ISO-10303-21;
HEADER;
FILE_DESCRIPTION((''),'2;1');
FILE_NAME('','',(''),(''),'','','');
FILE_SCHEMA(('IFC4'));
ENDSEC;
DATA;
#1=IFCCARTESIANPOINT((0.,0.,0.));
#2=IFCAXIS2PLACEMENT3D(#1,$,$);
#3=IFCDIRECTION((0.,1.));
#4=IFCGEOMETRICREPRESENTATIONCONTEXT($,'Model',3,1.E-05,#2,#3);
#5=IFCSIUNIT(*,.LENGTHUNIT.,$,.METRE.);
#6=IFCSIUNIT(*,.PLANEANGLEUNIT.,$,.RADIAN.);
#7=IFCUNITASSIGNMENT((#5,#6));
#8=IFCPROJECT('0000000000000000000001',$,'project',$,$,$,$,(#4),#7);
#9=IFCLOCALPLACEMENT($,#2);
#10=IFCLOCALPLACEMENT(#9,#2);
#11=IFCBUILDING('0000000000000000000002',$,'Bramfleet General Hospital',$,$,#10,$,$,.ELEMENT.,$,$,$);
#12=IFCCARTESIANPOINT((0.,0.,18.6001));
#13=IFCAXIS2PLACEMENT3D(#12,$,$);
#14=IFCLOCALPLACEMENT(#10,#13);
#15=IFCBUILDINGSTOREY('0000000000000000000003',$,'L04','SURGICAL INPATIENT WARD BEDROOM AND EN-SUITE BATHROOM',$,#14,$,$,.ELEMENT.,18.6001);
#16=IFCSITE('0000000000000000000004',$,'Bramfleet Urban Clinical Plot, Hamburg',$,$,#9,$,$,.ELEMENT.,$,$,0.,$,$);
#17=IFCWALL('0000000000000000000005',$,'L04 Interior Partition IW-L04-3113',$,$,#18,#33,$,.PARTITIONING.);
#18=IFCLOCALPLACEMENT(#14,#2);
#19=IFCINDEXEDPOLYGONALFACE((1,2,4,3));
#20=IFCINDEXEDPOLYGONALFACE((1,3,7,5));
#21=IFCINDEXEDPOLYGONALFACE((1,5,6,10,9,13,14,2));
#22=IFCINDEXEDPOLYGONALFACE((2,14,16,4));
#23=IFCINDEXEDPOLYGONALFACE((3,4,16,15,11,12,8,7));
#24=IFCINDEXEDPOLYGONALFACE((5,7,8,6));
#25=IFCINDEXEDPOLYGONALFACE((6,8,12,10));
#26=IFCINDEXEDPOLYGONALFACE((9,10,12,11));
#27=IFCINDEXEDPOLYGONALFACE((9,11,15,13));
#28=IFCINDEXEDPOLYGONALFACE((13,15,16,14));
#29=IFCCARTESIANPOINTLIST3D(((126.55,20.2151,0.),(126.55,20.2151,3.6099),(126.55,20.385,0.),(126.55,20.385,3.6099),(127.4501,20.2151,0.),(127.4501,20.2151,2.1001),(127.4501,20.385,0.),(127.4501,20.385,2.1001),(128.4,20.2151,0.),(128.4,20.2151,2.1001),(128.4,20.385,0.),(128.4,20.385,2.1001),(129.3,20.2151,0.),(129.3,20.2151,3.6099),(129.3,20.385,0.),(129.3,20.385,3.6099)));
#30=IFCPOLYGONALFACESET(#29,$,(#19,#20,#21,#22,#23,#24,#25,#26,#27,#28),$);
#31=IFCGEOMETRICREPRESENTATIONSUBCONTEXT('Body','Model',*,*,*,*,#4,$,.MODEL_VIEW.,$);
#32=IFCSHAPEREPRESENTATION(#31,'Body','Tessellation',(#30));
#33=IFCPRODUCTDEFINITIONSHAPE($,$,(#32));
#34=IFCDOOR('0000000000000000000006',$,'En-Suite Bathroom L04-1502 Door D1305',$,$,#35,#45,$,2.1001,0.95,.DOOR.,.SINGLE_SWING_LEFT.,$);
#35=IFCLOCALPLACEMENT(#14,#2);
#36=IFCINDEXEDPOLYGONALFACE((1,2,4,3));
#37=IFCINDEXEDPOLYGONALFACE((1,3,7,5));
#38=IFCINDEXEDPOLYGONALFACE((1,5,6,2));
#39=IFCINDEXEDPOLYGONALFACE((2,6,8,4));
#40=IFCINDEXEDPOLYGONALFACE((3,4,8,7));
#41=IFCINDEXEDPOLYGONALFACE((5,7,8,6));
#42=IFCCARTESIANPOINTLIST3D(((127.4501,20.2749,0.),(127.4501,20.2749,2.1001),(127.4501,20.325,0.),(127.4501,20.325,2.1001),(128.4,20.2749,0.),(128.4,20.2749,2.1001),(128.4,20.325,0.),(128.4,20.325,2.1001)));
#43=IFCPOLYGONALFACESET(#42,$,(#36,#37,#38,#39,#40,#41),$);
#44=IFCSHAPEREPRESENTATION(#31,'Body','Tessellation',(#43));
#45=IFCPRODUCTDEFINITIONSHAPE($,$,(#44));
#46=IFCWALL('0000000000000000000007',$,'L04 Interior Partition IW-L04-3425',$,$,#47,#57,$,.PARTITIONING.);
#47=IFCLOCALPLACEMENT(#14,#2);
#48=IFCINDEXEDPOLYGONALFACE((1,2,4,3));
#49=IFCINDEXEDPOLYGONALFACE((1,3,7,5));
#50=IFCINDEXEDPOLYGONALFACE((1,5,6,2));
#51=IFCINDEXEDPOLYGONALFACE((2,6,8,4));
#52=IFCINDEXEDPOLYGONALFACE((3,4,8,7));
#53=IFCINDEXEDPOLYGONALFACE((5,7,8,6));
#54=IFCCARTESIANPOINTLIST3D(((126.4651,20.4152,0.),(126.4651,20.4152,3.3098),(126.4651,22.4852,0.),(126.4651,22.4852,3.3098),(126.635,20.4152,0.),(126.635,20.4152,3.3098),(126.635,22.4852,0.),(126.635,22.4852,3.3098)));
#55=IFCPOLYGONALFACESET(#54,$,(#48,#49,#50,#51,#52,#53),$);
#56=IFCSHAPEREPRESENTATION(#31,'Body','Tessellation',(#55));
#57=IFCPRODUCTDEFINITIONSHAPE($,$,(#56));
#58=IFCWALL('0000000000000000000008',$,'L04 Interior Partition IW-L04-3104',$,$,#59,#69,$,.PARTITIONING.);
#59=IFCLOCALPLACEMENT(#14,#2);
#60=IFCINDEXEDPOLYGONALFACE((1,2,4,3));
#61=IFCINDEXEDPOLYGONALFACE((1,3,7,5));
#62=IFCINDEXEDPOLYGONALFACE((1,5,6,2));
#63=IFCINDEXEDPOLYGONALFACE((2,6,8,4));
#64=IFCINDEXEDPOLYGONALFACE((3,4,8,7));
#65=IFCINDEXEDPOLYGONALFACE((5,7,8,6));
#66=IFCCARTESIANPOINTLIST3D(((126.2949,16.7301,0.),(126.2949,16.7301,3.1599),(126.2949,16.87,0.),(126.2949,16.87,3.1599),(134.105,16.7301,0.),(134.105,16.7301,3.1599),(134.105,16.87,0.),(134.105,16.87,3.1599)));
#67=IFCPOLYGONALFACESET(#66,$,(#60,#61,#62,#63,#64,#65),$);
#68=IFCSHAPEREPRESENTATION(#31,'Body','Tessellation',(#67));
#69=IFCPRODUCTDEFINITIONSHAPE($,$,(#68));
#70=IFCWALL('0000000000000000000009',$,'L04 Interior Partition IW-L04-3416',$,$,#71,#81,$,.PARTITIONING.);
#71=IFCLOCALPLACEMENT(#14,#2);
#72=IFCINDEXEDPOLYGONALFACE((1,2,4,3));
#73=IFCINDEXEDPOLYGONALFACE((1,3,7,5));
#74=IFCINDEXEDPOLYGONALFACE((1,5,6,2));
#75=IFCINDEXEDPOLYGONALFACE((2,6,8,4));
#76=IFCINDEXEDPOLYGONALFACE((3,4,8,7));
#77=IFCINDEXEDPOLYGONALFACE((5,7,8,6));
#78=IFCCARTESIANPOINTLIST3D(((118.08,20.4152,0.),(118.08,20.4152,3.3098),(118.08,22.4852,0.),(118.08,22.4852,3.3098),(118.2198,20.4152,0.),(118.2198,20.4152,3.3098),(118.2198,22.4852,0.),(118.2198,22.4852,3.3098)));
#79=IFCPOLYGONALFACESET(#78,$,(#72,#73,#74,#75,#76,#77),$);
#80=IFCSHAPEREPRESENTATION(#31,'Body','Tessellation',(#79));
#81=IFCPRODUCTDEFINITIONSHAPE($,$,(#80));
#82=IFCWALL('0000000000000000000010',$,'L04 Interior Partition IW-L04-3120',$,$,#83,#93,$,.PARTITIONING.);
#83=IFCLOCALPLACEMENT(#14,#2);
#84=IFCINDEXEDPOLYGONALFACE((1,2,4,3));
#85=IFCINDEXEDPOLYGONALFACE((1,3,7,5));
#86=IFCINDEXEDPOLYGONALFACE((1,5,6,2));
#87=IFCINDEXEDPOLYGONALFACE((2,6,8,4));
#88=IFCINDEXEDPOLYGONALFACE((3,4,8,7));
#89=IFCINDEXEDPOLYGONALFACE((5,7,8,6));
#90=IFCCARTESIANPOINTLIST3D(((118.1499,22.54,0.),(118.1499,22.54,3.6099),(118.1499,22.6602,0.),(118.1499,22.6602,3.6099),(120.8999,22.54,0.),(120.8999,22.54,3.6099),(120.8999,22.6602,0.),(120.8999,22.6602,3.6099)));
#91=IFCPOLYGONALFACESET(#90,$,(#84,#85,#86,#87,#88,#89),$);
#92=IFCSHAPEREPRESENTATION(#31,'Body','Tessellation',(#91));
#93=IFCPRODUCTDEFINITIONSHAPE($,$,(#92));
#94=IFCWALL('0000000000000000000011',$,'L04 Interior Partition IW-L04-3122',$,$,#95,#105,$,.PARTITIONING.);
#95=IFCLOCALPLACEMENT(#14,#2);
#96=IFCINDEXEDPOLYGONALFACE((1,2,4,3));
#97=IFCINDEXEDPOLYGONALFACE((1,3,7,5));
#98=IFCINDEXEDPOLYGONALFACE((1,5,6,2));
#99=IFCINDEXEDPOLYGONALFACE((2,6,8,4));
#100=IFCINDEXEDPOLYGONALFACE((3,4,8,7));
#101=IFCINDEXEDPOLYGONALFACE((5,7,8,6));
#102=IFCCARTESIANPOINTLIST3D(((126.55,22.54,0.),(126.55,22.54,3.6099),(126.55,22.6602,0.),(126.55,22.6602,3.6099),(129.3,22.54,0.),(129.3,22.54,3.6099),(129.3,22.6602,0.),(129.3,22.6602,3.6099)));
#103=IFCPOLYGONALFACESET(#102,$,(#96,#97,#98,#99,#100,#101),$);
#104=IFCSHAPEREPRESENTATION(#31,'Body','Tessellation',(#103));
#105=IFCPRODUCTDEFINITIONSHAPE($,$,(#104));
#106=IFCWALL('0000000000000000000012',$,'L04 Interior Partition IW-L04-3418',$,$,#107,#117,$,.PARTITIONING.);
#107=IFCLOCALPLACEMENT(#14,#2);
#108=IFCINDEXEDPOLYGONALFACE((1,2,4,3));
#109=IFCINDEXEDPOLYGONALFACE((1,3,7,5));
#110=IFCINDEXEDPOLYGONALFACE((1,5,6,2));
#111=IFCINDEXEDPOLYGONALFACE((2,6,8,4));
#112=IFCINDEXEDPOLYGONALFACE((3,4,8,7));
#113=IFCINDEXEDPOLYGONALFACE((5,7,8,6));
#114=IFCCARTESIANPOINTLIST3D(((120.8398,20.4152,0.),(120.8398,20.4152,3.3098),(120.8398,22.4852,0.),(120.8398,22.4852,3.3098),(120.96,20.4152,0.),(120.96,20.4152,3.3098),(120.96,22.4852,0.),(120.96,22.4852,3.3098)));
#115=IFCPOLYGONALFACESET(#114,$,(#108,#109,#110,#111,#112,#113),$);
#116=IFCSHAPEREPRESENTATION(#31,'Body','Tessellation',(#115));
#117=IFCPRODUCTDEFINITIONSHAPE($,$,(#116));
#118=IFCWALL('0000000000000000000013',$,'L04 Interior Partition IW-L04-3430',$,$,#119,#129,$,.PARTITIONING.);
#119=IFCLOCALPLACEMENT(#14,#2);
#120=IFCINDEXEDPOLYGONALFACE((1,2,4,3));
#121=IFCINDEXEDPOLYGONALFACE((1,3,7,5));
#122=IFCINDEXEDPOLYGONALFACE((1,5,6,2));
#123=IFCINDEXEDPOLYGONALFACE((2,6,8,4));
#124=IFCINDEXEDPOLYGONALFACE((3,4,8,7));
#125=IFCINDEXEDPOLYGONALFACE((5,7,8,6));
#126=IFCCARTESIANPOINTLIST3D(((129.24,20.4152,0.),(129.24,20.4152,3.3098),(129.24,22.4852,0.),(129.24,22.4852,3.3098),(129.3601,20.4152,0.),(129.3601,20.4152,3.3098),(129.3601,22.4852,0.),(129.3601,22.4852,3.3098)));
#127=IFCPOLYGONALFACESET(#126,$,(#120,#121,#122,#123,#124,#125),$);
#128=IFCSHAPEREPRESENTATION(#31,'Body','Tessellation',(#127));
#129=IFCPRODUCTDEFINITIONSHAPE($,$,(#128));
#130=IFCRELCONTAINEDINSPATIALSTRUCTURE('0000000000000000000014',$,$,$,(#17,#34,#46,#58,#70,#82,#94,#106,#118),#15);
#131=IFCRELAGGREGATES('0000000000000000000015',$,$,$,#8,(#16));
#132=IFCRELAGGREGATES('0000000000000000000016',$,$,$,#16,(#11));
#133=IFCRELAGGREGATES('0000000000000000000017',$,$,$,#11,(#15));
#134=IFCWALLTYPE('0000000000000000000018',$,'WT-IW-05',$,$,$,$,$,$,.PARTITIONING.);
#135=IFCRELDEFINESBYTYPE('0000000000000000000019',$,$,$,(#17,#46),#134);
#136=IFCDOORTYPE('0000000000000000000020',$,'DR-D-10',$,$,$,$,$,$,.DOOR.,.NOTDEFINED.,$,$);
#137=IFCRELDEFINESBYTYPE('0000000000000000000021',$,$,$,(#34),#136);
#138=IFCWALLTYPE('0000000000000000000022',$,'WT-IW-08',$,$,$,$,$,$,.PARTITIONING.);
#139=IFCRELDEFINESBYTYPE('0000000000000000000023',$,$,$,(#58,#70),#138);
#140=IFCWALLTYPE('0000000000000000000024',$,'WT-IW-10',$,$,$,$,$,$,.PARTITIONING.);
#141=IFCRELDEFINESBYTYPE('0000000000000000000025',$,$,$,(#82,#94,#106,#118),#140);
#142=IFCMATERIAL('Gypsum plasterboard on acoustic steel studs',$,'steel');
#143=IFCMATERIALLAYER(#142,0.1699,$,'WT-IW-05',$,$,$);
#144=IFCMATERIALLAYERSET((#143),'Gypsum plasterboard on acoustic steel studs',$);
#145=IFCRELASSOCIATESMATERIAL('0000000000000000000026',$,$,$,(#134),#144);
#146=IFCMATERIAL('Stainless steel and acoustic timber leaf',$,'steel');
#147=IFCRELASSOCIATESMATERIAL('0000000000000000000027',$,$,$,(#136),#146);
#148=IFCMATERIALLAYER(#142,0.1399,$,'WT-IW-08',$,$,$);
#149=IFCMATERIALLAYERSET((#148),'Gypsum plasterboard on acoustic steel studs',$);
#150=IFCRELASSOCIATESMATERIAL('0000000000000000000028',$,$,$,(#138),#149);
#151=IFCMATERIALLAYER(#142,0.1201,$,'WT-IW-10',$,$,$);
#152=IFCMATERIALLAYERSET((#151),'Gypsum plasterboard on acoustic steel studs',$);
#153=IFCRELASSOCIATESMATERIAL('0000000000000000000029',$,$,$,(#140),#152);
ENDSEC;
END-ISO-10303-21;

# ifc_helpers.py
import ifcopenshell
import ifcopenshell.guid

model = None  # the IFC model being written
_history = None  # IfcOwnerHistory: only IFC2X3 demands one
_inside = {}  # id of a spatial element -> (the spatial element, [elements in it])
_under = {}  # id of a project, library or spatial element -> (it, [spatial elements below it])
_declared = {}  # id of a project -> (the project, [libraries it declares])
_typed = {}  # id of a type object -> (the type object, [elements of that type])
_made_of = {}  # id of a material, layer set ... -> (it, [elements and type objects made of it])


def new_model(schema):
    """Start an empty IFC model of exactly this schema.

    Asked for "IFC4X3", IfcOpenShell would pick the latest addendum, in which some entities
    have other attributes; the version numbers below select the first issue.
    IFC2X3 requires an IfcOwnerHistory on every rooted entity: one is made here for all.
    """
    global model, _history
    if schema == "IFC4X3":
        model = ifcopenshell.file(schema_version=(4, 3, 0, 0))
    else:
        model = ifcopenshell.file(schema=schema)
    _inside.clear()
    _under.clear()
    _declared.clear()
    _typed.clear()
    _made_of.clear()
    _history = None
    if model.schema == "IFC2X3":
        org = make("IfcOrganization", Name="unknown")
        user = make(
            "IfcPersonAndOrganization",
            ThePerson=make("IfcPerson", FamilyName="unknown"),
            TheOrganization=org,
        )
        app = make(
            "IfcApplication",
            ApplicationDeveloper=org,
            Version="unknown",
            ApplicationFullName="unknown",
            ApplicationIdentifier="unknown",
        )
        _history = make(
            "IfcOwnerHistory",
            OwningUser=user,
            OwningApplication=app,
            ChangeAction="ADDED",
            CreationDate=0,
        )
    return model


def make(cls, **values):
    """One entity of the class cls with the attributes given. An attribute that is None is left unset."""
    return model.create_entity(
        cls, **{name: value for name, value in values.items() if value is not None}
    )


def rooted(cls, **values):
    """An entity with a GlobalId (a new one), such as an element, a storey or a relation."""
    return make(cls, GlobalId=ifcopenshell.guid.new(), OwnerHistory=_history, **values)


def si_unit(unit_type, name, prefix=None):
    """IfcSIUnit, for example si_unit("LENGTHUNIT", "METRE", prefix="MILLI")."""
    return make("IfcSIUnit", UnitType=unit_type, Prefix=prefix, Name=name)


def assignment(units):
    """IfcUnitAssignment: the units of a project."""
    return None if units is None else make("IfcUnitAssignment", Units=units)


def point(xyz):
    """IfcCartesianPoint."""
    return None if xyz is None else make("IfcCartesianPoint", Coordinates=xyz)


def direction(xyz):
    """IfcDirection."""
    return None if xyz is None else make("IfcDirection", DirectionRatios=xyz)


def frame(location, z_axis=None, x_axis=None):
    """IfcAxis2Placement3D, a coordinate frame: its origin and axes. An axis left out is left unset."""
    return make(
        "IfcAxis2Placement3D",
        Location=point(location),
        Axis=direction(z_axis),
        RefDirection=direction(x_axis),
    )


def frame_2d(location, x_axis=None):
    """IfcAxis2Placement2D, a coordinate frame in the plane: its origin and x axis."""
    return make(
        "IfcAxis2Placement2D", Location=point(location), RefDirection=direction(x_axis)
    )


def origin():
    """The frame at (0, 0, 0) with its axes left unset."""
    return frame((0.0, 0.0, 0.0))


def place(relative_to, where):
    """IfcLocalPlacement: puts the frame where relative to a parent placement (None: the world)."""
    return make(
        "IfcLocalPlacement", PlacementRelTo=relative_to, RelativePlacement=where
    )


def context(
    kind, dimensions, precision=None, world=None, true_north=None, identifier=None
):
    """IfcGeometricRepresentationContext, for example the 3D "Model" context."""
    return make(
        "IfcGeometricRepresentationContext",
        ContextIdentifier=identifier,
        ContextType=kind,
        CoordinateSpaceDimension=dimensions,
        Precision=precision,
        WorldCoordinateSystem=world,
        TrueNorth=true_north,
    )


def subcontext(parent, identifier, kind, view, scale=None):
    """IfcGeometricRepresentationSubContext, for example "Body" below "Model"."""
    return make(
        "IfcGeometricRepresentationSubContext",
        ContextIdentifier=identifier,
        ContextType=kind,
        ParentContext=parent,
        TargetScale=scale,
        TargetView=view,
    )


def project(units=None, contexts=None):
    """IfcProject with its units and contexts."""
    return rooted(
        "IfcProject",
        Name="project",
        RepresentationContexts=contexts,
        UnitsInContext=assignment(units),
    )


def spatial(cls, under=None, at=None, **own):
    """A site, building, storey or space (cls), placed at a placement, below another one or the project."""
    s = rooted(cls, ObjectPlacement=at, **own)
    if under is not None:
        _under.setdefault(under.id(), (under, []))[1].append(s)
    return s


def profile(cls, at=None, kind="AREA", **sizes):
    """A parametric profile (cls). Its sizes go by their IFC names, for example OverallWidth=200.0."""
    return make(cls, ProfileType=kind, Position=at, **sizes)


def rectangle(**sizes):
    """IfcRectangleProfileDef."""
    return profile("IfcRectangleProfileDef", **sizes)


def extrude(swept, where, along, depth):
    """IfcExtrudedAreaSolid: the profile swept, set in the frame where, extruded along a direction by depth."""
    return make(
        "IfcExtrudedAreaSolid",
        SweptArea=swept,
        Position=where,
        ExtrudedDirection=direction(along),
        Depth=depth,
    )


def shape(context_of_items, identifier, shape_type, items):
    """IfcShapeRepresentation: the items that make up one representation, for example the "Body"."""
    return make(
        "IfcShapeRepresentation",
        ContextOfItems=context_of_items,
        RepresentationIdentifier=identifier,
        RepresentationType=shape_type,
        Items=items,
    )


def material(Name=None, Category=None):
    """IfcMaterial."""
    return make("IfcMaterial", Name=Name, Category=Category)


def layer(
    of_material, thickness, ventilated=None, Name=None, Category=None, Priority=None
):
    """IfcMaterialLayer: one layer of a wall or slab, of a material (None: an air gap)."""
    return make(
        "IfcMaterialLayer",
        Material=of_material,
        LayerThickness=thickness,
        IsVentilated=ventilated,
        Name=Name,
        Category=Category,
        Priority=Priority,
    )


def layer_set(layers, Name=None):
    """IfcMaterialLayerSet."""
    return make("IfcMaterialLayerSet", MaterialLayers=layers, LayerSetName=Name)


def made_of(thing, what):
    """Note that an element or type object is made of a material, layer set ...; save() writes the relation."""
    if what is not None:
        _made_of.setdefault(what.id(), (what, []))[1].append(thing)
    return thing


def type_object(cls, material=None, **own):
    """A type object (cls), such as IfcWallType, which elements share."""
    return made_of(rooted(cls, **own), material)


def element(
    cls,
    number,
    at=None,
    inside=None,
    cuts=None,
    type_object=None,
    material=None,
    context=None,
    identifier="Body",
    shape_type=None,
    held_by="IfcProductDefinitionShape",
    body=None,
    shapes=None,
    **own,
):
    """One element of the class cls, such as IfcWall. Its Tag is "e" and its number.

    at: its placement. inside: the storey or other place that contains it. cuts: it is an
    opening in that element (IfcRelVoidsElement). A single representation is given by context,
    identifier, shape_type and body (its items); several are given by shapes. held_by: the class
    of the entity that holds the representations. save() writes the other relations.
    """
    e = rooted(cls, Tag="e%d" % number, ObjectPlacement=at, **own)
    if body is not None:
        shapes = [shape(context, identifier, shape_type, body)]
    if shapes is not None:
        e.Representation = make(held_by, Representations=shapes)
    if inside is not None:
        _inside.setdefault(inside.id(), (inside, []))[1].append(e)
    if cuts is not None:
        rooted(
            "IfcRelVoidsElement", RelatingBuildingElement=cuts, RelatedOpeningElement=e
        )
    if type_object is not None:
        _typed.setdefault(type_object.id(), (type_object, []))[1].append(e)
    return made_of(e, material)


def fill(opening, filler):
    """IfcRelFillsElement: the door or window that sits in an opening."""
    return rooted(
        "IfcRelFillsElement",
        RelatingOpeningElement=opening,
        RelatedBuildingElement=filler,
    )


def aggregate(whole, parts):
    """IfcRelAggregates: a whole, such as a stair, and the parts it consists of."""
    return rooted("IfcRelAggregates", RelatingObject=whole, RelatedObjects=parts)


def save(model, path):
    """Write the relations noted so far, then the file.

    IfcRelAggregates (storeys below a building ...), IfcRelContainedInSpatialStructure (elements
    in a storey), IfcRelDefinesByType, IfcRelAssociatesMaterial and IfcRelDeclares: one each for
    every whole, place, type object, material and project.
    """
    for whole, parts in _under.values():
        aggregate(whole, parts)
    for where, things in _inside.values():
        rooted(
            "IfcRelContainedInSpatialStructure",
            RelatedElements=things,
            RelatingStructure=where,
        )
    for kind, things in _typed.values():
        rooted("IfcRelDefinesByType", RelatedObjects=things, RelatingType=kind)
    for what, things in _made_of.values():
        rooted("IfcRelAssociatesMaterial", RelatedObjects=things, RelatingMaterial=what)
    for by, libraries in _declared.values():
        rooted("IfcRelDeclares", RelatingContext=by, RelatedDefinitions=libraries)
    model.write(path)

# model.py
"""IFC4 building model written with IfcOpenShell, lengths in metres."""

from ifc_helpers import new_model, si_unit, direction, frame, frame_2d, origin, place, context, subcontext, project, spatial, rectangle, extrude, material, layer, layer_set, type_object, element, fill, save


model = new_model("IFC4")

# Units and contexts
model_context = context("Model", 3, precision=1e-05, world=origin(), true_north=direction((0.0, 1.0)))
body_context = subcontext(model_context, "Body", "Model", "MODEL_VIEW")
ifc_project = project(units=[si_unit("LENGTHUNIT", "METRE"), si_unit("PLANEANGLEUNIT", "RADIAN")], contexts=[model_context])

# Site, building, storey
site_placement = place(None, origin())
site = spatial("IfcSite", under=ifc_project, at=site_placement, Name="Bramfleet Urban Clinical Plot, Hamburg", CompositionType="ELEMENT", RefElevation=0.0)
building_placement = place(site_placement, origin())
building = spatial("IfcBuilding", under=site, at=building_placement, Name="Bramfleet General Hospital", CompositionType="ELEMENT")
storey_placement = place(building_placement, frame((0.0, 0.0, 18.6001)))
storey = spatial("IfcBuildingStorey", under=building, at=storey_placement, Name="L04", Description="SURGICAL INPATIENT WARD BEDROOM AND EN-SUITE BATHROOM", CompositionType="ELEMENT", Elevation=18.6001)

# Shared definitions
ifc_material_1 = material(Name="Stainless steel and acoustic timber leaf", Category="steel")

# Wall, opening, door
ifc_material_2 = material(Name="Gypsum plasterboard on acoustic steel studs", Category="steel")
ifc_layer_1 = layer(ifc_material_2, 0.1699, Name="WT-IW-05")
ifc_layer_set_1 = layer_set([ifc_layer_1], Name="Gypsum plasterboard on acoustic steel studs")
wall_type_1 = type_object("IfcWallType", Name="WT-IW-05", PredefinedType="PARTITIONING", material=ifc_layer_set_1)
wall_1_placement = place(storey_placement, frame((126.55, 20.3, 0.0), z_axis=(0.0, 0.0, 1.0), x_axis=(1.0, 0.0, 0.0)))
wall_1 = element("IfcWall", 1, at=wall_1_placement, inside=storey, type_object=wall_type_1, Name="L04 Interior Partition IW-L04-3113", PredefinedType="PARTITIONING", context=body_context, shape_type="SweptSolid", body=[
    extrude(rectangle(XDim=2.75, YDim=0.1699, at=frame_2d((1.375, 0.0))), origin(), (0.0, 0.0, 1.0), 3.6099),
])
opening_1_placement = place(wall_1_placement, frame((0.8999, 0.0, 0.0)))
opening_1 = element("IfcOpeningElement", 2, at=opening_1_placement, cuts=wall_1, PredefinedType="OPENING", context=body_context, shape_type="SweptSolid", body=[
    extrude(rectangle(XDim=0.95, YDim=2.1001, at=frame_2d((0.4751, 1.05))), frame((0.0, 0.095, 0.0), z_axis=(0.0, -1.0, 0.0), x_axis=(1.0, 0.0, 0.0)), (0.0, 0.0, 1.0), 0.1899),
])
door_type_1 = type_object("IfcDoorType", Name="DR-D-10", OperationType="NOTDEFINED", PredefinedType="DOOR", material=ifc_material_1)
door_1_placement = place(opening_1_placement, origin())
door_1 = element("IfcDoor", 3, at=door_1_placement, inside=storey, type_object=door_type_1, Name="En-Suite Bathroom L04-1502 Door D1305", OperationType="SINGLE_SWING_LEFT", OverallHeight=2.1001, OverallWidth=0.95, PredefinedType="DOOR", context=body_context, shape_type="SweptSolid", body=[
    extrude(rectangle(XDim=0.95, YDim=2.1001, at=frame_2d((0.4751, 1.05))), frame((0.0, 0.0249, 0.0), z_axis=(0.0, -1.0, 0.0), x_axis=(1.0, 0.0, 0.0)), (0.0, 0.0, 1.0), 0.05),
])
fill(opening_1, door_1)

# Walls
wall_2_placement = place(storey_placement, frame((126.55, 20.415, 0.0), z_axis=(0.0, 0.0, 1.0), x_axis=(0.0, 1.0, 0.0)))
element("IfcWall", 4, at=wall_2_placement, inside=storey, type_object=wall_type_1, Name="L04 Interior Partition IW-L04-3425", PredefinedType="PARTITIONING", context=body_context, shape_type="SweptSolid", body=[
    extrude(rectangle(XDim=2.0701, YDim=0.1699, at=frame_2d((1.0352, 0.0))), origin(), (0.0, 0.0, 1.0), 3.3098),
])
ifc_layer_2 = layer(ifc_material_2, 0.1399, Name="WT-IW-08")
ifc_layer_set_2 = layer_set([ifc_layer_2], Name="Gypsum plasterboard on acoustic steel studs")
wall_type_2 = type_object("IfcWallType", Name="WT-IW-08", PredefinedType="PARTITIONING", material=ifc_layer_set_2)
wall_3_placement = place(storey_placement, frame((126.2949, 16.8, 0.0), z_axis=(0.0, 0.0, 1.0), x_axis=(1.0, 0.0, 0.0)))
element("IfcWall", 5, at=wall_3_placement, inside=storey, type_object=wall_type_2, Name="L04 Interior Partition IW-L04-3104", PredefinedType="PARTITIONING", context=body_context, shape_type="SweptSolid", body=[
    extrude(rectangle(XDim=7.8101, YDim=0.1399, at=frame_2d((3.905, 0.0))), origin(), (0.0, 0.0, 1.0), 3.1599),
])
wall_4_placement = place(storey_placement, frame((118.1499, 20.415, 0.0), z_axis=(0.0, 0.0, 1.0), x_axis=(0.0, 1.0, 0.0)))
element("IfcWall", 6, at=wall_4_placement, inside=storey, type_object=wall_type_2, Name="L04 Interior Partition IW-L04-3416", PredefinedType="PARTITIONING", context=body_context, shape_type="SweptSolid", body=[
    extrude(rectangle(XDim=2.0701, YDim=0.1399, at=frame_2d((1.0352, 0.0))), origin(), (0.0, 0.0, 1.0), 3.3098),
])
ifc_layer_3 = layer(ifc_material_2, 0.1201, Name="WT-IW-10")
ifc_layer_set_3 = layer_set([ifc_layer_3], Name="Gypsum plasterboard on acoustic steel studs")
wall_type_3 = type_object("IfcWallType", Name="WT-IW-10", PredefinedType="PARTITIONING", material=ifc_layer_set_3)
for number, where, z_axis, x_axis, name in (
    (7, (118.1499, 22.6001, 0.0), (0.0, 0.0, 1.0), (1.0, 0.0, 0.0), "L04 Interior Partition IW-L04-3120"),
    (8, (126.55, 22.6001, 0.0), (0.0, 0.0, 1.0), (1.0, 0.0, 0.0), "L04 Interior Partition IW-L04-3122"),
):
    element("IfcWall", number, at=place(storey_placement, frame(where, z_axis=z_axis, x_axis=x_axis)), inside=storey, type_object=wall_type_3, Name=name, PredefinedType="PARTITIONING", context=body_context, shape_type="SweptSolid", body=[
        extrude(rectangle(XDim=2.75, YDim=0.1201, at=frame_2d((1.375, 0.0))), origin(), (0.0, 0.0, 1.0), 3.6099),
    ])
for number, where, z_axis, x_axis, name in (
    (9, (120.8999, 20.415, 0.0), (0.0, 0.0, 1.0), (0.0, 1.0, 0.0), "L04 Interior Partition IW-L04-3418"),
    (10, (129.3, 20.415, 0.0), (0.0, 0.0, 1.0), (0.0, 1.0, 0.0), "L04 Interior Partition IW-L04-3430"),
):
    element("IfcWall", number, at=place(storey_placement, frame(where, z_axis=z_axis, x_axis=x_axis)), inside=storey, type_object=wall_type_3, Name=name, PredefinedType="PARTITIONING", context=body_context, shape_type="SweptSolid", body=[
        extrude(rectangle(XDim=2.0701, YDim=0.1201, at=frame_2d((1.0352, 0.0))), origin(), (0.0, 0.0, 1.0), 3.3098),
    ])

save(model, "model.ifc")
